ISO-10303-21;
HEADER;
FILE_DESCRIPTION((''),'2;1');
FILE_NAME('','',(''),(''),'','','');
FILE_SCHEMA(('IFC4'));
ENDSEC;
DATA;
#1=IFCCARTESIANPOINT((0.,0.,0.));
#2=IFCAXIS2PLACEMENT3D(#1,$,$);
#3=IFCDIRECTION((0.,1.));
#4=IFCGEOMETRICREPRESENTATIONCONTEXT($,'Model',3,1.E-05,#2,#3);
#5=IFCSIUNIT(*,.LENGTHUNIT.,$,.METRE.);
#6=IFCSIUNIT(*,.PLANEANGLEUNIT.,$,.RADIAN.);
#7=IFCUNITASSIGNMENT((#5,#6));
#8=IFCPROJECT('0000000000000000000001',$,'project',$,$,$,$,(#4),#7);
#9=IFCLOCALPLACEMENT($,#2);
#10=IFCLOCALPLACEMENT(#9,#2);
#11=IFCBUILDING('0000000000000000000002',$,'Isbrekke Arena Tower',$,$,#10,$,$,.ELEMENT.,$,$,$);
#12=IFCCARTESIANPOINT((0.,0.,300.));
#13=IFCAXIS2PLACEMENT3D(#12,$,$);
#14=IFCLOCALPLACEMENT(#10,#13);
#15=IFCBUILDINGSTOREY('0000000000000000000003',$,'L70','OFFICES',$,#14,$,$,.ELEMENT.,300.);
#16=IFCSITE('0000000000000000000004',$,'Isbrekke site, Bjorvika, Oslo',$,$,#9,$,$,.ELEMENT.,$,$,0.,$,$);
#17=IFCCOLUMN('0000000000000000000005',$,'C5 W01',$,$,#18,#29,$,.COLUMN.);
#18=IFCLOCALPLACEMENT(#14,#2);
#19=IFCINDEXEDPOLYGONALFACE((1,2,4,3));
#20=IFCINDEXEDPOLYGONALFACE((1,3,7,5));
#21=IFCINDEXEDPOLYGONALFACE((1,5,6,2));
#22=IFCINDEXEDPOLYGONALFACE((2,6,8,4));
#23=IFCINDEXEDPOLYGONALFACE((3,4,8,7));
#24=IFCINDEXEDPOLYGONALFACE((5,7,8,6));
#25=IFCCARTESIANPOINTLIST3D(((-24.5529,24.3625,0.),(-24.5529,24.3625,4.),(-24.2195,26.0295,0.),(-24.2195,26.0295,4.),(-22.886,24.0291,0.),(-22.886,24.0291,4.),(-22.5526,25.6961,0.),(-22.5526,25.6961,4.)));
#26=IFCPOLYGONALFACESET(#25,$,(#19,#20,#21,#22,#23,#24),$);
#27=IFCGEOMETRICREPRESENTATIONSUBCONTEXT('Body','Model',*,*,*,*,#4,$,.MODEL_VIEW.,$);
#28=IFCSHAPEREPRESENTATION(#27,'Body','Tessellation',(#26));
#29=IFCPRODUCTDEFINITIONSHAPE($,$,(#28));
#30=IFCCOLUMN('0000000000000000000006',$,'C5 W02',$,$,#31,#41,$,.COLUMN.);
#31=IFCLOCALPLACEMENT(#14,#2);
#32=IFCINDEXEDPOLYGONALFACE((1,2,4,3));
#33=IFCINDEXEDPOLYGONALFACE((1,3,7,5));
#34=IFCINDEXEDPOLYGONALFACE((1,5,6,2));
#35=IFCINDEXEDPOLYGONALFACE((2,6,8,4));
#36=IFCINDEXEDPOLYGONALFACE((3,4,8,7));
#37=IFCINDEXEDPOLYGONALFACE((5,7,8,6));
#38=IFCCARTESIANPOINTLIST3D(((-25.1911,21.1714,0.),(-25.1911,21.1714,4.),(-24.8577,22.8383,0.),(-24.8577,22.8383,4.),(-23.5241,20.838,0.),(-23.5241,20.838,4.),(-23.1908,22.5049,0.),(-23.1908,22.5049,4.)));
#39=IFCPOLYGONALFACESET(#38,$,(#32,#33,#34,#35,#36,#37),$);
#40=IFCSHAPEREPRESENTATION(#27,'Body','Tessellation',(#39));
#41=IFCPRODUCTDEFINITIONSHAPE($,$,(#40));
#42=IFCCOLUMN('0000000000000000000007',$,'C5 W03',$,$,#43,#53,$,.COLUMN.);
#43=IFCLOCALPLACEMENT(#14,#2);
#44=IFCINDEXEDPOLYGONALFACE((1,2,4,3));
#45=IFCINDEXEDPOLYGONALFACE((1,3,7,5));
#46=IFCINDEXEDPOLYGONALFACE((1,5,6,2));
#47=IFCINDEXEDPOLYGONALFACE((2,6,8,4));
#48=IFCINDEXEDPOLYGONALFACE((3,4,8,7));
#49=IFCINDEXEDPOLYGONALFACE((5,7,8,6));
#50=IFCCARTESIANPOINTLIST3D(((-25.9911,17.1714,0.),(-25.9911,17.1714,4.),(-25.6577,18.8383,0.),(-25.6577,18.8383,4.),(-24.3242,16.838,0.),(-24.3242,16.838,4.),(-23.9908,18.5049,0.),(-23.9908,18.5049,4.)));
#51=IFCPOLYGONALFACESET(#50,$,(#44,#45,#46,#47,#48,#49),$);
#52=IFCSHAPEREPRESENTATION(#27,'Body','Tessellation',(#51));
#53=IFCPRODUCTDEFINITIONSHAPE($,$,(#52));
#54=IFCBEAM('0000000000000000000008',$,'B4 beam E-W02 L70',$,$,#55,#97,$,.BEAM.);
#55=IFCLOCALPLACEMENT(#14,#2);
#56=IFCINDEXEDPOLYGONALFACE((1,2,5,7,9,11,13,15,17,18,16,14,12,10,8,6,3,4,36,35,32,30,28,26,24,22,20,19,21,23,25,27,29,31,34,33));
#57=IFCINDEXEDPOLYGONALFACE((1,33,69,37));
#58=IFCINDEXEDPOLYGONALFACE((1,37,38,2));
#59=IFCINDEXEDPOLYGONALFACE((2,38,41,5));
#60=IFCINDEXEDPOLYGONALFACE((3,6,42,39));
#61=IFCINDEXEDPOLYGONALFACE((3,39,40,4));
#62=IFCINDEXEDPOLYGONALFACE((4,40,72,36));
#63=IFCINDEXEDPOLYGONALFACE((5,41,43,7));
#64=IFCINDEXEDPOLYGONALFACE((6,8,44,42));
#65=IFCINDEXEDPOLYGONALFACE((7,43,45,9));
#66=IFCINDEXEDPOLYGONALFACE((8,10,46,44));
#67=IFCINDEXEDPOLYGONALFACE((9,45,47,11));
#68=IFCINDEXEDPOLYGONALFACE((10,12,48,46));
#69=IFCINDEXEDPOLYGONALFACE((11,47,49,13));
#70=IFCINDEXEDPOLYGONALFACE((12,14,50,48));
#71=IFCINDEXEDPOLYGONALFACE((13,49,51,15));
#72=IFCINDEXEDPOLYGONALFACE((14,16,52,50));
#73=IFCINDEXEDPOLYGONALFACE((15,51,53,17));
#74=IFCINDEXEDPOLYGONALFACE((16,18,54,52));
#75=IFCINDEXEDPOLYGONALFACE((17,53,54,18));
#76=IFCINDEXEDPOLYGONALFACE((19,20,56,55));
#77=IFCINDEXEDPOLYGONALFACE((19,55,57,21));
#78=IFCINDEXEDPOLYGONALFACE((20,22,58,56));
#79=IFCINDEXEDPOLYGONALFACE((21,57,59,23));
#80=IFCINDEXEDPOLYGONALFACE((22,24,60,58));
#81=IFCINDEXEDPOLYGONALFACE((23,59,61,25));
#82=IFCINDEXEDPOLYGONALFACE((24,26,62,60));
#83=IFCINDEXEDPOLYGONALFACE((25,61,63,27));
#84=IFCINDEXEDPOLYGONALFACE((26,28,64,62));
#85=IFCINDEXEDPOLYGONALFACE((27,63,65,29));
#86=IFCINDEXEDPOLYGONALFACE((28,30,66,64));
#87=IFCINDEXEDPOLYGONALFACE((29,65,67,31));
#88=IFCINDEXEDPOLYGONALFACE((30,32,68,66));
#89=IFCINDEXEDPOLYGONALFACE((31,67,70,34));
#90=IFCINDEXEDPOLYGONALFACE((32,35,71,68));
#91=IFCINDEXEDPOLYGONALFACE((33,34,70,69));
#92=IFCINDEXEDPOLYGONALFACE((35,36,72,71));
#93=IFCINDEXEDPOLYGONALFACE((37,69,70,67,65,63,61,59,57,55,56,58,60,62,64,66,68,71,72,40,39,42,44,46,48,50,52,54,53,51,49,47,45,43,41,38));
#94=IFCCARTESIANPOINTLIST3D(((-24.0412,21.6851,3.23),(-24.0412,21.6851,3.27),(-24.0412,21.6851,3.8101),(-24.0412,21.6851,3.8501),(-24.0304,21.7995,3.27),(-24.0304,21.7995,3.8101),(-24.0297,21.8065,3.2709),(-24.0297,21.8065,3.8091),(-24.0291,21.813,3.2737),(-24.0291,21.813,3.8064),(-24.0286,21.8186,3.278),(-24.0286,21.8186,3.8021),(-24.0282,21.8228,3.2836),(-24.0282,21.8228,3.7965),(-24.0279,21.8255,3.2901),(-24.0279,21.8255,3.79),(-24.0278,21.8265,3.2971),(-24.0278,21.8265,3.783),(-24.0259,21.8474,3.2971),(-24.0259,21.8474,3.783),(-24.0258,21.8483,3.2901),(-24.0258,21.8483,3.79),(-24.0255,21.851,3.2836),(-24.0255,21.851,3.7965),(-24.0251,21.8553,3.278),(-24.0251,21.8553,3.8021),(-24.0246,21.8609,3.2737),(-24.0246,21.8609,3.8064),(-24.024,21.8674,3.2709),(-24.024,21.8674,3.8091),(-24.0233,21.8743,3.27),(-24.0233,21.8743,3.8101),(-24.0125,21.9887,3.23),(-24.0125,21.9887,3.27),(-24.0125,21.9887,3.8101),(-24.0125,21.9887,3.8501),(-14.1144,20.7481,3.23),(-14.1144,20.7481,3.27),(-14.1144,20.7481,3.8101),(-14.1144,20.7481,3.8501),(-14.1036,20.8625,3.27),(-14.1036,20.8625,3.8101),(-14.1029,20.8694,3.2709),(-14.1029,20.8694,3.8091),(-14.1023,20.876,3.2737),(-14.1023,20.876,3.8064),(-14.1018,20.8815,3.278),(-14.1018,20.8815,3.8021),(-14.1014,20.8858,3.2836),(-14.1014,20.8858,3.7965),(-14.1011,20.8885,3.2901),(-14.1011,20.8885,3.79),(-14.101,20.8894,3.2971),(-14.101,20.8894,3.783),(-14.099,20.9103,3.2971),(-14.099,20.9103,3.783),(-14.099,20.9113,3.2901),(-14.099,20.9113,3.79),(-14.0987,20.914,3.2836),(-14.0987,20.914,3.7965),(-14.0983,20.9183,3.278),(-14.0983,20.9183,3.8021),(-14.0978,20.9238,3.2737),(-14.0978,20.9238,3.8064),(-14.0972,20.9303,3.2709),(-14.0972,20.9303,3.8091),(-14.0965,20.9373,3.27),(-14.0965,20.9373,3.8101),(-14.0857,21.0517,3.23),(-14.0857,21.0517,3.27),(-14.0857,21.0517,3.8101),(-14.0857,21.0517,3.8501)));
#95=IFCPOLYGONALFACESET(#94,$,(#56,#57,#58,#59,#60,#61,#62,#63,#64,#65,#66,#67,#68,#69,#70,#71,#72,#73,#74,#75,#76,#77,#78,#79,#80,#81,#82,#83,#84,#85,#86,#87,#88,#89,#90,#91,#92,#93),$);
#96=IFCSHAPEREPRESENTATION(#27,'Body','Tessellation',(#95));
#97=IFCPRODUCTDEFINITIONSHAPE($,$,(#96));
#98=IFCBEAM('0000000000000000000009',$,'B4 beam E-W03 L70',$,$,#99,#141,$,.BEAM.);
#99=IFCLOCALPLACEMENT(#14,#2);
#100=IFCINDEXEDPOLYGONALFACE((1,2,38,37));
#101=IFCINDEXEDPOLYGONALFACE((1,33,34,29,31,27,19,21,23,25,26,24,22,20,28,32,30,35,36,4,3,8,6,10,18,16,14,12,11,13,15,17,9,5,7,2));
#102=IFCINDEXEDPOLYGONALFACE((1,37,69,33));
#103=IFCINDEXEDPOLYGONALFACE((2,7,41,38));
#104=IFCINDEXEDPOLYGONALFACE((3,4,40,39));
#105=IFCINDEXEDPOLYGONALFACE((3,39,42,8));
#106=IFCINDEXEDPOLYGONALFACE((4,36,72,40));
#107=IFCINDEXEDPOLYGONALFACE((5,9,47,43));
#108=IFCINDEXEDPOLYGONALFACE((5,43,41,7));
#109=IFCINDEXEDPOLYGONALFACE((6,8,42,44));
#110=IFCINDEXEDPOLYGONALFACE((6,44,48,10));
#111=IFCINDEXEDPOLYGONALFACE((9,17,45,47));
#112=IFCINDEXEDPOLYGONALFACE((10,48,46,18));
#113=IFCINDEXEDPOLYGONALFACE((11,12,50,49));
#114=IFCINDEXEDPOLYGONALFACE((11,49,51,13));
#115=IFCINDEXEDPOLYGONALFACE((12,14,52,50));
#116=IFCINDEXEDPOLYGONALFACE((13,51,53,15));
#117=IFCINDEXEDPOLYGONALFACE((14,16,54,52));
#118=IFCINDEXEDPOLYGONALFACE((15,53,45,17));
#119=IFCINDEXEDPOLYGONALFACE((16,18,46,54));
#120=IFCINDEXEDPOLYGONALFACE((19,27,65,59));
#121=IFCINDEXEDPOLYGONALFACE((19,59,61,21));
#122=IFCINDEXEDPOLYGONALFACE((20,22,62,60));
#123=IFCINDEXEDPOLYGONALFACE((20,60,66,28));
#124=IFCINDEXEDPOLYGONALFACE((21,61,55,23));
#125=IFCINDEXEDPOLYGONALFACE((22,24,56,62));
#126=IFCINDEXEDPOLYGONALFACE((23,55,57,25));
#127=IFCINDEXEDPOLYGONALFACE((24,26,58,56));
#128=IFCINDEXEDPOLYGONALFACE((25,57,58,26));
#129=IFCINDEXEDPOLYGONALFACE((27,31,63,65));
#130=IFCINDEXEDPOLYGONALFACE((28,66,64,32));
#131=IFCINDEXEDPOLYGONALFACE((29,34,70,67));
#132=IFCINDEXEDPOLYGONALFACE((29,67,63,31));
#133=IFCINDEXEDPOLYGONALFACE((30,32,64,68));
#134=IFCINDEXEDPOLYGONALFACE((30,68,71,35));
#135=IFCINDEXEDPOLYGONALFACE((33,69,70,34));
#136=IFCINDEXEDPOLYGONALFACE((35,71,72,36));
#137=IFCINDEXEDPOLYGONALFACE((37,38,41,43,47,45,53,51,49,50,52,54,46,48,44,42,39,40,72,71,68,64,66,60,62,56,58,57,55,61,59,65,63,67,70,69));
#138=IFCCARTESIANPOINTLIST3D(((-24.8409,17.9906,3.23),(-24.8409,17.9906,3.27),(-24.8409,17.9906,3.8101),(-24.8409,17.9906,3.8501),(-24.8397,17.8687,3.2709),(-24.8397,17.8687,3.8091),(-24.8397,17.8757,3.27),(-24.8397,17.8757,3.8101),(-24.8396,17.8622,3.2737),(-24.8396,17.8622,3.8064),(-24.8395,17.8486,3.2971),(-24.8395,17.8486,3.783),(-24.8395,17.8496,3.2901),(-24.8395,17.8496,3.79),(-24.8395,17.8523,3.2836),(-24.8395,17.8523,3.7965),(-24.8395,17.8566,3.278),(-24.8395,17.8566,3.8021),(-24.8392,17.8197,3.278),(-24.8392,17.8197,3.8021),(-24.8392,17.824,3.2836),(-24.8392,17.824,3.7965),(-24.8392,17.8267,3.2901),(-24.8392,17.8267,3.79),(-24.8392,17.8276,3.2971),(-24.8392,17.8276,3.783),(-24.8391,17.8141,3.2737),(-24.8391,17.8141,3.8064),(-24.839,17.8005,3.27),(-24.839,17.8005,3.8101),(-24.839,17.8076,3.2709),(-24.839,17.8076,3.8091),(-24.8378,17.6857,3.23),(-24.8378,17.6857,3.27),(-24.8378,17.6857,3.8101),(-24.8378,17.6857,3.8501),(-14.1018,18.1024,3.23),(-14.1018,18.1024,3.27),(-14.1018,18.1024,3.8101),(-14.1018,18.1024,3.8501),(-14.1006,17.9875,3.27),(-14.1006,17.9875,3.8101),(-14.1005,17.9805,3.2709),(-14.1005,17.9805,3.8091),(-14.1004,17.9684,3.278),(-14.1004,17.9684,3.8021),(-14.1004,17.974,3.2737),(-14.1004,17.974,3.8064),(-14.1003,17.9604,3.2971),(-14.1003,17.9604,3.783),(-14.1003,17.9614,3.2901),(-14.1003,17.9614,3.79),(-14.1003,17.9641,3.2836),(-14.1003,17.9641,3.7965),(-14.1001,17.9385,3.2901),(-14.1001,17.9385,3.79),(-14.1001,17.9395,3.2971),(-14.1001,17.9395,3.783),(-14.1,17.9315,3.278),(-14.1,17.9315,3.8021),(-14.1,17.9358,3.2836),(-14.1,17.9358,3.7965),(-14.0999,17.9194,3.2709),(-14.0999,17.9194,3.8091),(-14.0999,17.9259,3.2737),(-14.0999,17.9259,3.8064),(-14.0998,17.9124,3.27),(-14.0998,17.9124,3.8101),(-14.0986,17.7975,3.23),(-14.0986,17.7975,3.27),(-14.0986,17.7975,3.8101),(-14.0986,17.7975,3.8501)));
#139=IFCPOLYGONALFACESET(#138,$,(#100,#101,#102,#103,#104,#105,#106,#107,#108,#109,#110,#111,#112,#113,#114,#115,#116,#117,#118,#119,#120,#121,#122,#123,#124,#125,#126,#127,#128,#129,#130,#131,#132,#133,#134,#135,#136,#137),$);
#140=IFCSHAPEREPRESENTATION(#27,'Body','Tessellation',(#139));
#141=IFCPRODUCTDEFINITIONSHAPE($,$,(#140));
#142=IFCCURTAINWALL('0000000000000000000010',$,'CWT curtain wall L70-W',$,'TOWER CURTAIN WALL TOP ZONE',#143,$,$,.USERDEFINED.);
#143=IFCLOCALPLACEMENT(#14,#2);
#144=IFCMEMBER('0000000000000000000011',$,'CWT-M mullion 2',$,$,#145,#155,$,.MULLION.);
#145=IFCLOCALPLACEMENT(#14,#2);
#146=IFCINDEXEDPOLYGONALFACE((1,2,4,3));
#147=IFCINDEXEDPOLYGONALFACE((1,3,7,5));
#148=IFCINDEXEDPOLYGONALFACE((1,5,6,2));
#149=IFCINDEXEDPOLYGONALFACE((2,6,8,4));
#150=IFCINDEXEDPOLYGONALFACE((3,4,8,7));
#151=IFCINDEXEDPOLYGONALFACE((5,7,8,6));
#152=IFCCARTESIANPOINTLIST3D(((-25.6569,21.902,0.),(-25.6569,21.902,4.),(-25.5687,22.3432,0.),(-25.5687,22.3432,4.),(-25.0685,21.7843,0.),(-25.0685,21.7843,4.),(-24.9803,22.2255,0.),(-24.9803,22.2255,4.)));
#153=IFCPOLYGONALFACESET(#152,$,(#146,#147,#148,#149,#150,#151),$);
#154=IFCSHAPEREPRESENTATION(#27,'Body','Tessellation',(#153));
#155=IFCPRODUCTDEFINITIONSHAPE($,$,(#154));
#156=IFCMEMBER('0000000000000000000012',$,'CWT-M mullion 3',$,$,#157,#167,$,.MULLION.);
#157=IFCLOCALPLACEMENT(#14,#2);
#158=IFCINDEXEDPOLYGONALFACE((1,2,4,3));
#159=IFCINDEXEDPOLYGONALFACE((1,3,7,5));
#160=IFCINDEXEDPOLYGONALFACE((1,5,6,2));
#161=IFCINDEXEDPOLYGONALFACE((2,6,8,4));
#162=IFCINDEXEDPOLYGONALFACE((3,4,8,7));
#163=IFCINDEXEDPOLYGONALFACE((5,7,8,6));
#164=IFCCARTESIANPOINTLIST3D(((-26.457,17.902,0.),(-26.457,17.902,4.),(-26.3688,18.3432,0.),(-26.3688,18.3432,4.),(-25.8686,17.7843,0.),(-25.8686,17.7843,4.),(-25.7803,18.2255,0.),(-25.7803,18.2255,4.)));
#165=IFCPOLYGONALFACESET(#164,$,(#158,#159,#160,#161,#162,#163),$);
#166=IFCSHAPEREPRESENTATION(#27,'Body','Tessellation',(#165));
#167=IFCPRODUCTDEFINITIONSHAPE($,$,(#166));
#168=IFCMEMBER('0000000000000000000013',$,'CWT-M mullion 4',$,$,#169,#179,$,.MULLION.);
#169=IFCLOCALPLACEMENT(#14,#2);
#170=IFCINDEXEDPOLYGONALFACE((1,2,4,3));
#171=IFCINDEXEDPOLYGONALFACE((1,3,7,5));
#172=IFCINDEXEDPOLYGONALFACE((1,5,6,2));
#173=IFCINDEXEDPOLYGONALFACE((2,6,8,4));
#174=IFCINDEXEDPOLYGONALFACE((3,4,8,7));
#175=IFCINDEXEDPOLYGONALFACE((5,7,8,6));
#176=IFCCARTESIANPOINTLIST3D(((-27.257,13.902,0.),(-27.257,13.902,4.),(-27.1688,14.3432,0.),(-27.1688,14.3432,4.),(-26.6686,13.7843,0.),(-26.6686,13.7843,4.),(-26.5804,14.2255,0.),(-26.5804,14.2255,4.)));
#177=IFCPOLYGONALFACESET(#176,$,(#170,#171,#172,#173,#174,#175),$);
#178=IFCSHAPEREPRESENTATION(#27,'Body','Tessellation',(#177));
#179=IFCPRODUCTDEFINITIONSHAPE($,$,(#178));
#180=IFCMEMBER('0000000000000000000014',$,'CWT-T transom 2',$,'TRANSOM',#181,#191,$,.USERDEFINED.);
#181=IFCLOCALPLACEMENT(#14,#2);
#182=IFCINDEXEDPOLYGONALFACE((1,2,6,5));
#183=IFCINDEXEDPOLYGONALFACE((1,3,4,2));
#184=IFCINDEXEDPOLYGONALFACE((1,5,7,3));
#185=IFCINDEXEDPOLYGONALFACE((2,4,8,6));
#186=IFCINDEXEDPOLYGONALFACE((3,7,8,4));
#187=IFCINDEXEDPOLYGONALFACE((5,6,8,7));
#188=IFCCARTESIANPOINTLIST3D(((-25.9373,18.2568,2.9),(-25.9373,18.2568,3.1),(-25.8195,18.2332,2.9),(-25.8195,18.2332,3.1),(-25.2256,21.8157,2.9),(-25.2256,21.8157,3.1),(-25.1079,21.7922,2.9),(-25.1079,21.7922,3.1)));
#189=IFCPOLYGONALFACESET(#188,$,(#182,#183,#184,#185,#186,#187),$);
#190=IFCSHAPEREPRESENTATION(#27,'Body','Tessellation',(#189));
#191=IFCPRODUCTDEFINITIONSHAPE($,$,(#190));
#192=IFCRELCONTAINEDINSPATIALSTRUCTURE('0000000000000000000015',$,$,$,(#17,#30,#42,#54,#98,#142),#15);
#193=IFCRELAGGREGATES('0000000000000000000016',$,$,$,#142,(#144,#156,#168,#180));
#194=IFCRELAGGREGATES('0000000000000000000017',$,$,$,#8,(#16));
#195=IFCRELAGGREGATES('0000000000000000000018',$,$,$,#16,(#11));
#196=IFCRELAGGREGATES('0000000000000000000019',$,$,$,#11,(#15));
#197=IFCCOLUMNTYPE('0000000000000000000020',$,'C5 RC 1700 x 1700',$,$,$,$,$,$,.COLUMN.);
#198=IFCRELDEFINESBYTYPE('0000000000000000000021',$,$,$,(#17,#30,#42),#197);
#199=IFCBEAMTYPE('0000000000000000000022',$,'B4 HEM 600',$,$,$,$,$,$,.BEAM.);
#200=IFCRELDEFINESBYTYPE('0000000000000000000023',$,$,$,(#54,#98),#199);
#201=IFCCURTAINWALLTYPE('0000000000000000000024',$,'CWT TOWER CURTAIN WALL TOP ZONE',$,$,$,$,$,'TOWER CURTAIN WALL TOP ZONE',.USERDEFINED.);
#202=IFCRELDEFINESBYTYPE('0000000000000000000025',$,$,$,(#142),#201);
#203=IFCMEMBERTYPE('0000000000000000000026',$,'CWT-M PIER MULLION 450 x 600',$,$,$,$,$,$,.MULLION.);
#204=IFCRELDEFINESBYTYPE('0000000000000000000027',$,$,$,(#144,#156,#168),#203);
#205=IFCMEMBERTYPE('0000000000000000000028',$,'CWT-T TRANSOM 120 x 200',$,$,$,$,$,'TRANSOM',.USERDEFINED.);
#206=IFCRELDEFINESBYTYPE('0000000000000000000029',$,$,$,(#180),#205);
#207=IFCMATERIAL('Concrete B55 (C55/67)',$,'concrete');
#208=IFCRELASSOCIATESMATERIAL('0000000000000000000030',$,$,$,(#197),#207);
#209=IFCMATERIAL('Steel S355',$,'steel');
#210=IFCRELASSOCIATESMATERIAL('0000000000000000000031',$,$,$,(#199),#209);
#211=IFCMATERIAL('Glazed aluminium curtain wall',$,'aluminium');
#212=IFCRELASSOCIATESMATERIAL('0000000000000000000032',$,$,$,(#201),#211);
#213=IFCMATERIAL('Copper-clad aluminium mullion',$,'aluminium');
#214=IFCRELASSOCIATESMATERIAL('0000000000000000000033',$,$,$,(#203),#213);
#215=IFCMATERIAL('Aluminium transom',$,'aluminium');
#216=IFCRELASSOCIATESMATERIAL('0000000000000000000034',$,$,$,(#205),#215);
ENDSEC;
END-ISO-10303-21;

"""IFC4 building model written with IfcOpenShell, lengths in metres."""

from ifc_helpers import new_model, si_unit, direction, frame, origin, origin_2d, place, context, subcontext, project, spatial, rectangle, i_section, extrude, material, material_profile, profile_set, type_object, element, aggregate, save


model = new_model("IFC4")

# Units and contexts
model_context = context("Model", 3, precision=1e-05, world=origin(), true_north=direction((0.0, 1.0)))
body_context = subcontext(model_context, "Body", "Model", "MODEL_VIEW")
ifc_project = project(units=[si_unit("LENGTHUNIT", "METRE"), si_unit("PLANEANGLEUNIT", "RADIAN")], contexts=[model_context])

# Site, building, storey
site_placement = place(None, origin())
site = spatial("IfcSite", under=ifc_project, at=site_placement, Name="Isbrekke site, Bjorvika, Oslo", CompositionType="ELEMENT", RefElevation=0.0)
building_placement = place(site_placement, origin())
building = spatial("IfcBuilding", under=site, at=building_placement, Name="Isbrekke Arena Tower", CompositionType="ELEMENT")
storey_placement = place(building_placement, frame((0.0, 0.0, 300.0)))
storey = spatial("IfcBuildingStorey", under=building, at=storey_placement, Name="L70", Description="OFFICES", CompositionType="ELEMENT", Elevation=300.0)

# Columns
ifc_material_1 = material(Name="Concrete B55 (C55/67)", Category="concrete")
ifc_material_profile_1 = material_profile(ifc_material_1, rectangle(XDim=1.7, YDim=1.7, at=origin_2d()), Name="RC 1700x1700")
ifc_profile_set_1 = profile_set([ifc_material_profile_1], Name="Concrete B55 (C55/67)")
column_type = type_object("IfcColumnType", Name="C5 RC 1700 x 1700", PredefinedType="COLUMN", material=ifc_profile_set_1)
for number, where, z_axis, x_axis, name in (
    (1, (-23.5527, 25.0293, 0.0), (0.0, 0.0, 1.0), (-0.196116, -0.980581, 0.0), "C5 W01"),
    (2, (-24.1909, 21.8381, 0.0), (0.0, 0.0, 1.0), (-0.196116, -0.980581, 0.0), "C5 W02"),
    (3, (-24.991, 17.8381, 0.0), (0.0, 0.0, 1.0), (-0.196116, -0.980581, 0.0), "C5 W03"),
):
    element("IfcColumn", number, at=place(storey_placement, frame(where, z_axis=z_axis, x_axis=x_axis)), inside=storey, type_object=column_type, Name=name, PredefinedType="COLUMN", context=body_context, shape_type="SweptSolid", body=[
        extrude(rectangle(XDim=1.7, YDim=1.7, at=origin_2d()), origin(), (0.0, 0.0, 1.0), 4.0),
    ])

# Beams
ifc_material_2 = material(Name="Steel S355", Category="steel")
ifc_material_profile_2 = material_profile(ifc_material_2, i_section(OverallWidth=0.3049, OverallDepth=0.6201, WebThickness=0.021, FlangeThickness=0.04, FilletRadius=0.0271, at=origin_2d()), Name="HEM 600")
ifc_profile_set_2 = profile_set([ifc_material_profile_2], Name="Steel S355")
beam_type_1 = type_object("IfcBeamType", Name="B4 HEM 600", PredefinedType="BEAM", material=ifc_profile_set_2)
beam_1_placement = place(storey_placement, frame((-24.0269, 21.8369, 3.54), z_axis=(0.995575, -0.093975, 0.0), x_axis=(0.093975, 0.995575, 0.0)))
element("IfcBeam", 4, at=beam_1_placement, inside=storey, type_object=beam_type_1, Name="B4 beam E-W02 L70", PredefinedType="BEAM", context=body_context, shape_type="SweptSolid", body=[
    extrude(i_section(OverallWidth=0.3049, OverallDepth=0.6201, WebThickness=0.021, FlangeThickness=0.04, FilletRadius=0.0271, at=origin_2d()), origin(), (0.0, 0.0, 1.0), 9.9709),
])
beam_2_placement = place(storey_placement, frame((-24.8394, 17.8381, 3.54), z_axis=(0.999946, 0.010411, 0.0), x_axis=(-0.010411, 0.999946, 0.0)))
element("IfcBeam", 5, at=beam_2_placement, inside=storey, type_object=beam_type_1, Name="B4 beam E-W03 L70", PredefinedType="BEAM", context=body_context, shape_type="SweptSolid", body=[
    extrude(i_section(OverallWidth=0.3049, OverallDepth=0.6201, WebThickness=0.021, FlangeThickness=0.04, FilletRadius=0.0271, at=origin_2d()), origin(), (0.0, 0.0, 1.0), 10.7397),
])

# Curtain wall, members
ifc_material_3 = material(Name="Glazed aluminium curtain wall", Category="aluminium")
curtain_wall_type = type_object("IfcCurtainWallType", Name="CWT TOWER CURTAIN WALL TOP ZONE", ElementType="TOWER CURTAIN WALL TOP ZONE", PredefinedType="USERDEFINED", material=ifc_material_3)
curtain_wall_placement = place(storey_placement, origin())
curtain_wall = element("IfcCurtainWall", 6, at=curtain_wall_placement, inside=storey, type_object=curtain_wall_type, Name="CWT curtain wall L70-W", ObjectType="TOWER CURTAIN WALL TOP ZONE", PredefinedType="USERDEFINED")
ifc_material_4 = material(Name="Copper-clad aluminium mullion", Category="aluminium")
ifc_material_profile_3 = material_profile(ifc_material_4, rectangle(XDim=0.45, YDim=0.6001, at=origin_2d()), Name="PIER 450X600")
ifc_profile_set_3 = profile_set([ifc_material_profile_3], Name="Copper-clad aluminium mullion")
member_type_1 = type_object("IfcMemberType", Name="CWT-M PIER MULLION 450 x 600", PredefinedType="MULLION", material=ifc_profile_set_3)
member_1_placement = place(storey_placement, frame((-25.3186, 22.0637, 0.0), z_axis=(0.0, 0.0, 1.0), x_axis=(-0.196116, -0.980581, 0.0)))
member_1 = element("IfcMember", 7, at=member_1_placement, type_object=member_type_1, Name="CWT-M mullion 2", PredefinedType="MULLION", context=body_context, shape_type="SweptSolid", body=[
    extrude(rectangle(XDim=0.45, YDim=0.6001, at=origin_2d()), origin(), (0.0, 0.0, 1.0), 4.0),
])
member_2_placement = place(storey_placement, frame((-26.1187, 18.0637, 0.0), z_axis=(0.0, 0.0, 1.0), x_axis=(-0.196116, -0.980581, 0.0)))
member_2 = element("IfcMember", 8, at=member_2_placement, type_object=member_type_1, Name="CWT-M mullion 3", PredefinedType="MULLION", context=body_context, shape_type="SweptSolid", body=[
    extrude(rectangle(XDim=0.45, YDim=0.6001, at=origin_2d()), origin(), (0.0, 0.0, 1.0), 4.0),
])
member_3_placement = place(storey_placement, frame((-26.9187, 14.0637, 0.0), z_axis=(0.0, 0.0, 1.0), x_axis=(-0.196116, -0.980581, 0.0)))
member_3 = element("IfcMember", 9, at=member_3_placement, type_object=member_type_1, Name="CWT-M mullion 4", PredefinedType="MULLION", context=body_context, shape_type="SweptSolid", body=[
    extrude(rectangle(XDim=0.45, YDim=0.6001, at=origin_2d()), origin(), (0.0, 0.0, 1.0), 4.0),
])
ifc_material_5 = material(Name="Aluminium transom", Category="aluminium")
ifc_material_profile_4 = material_profile(ifc_material_5, rectangle(XDim=0.1201, YDim=0.2, at=origin_2d()), Name="TRANSOM 120X200")
ifc_profile_set_4 = profile_set([ifc_material_profile_4], Name="Aluminium transom")
member_type_2 = type_object("IfcMemberType", Name="CWT-T TRANSOM 120 x 200", ElementType="TRANSOM", PredefinedType="USERDEFINED", material=ifc_profile_set_4)
member_4_placement = place(storey_placement, frame((-25.1667, 21.804, 3.0), z_axis=(-0.19609, -0.980586, 0.0), x_axis=(0.980586, -0.19609, 0.0)))
member_4 = element("IfcMember", 10, at=member_4_placement, type_object=member_type_2, Name="CWT-T transom 2", ObjectType="TRANSOM", PredefinedType="USERDEFINED", context=body_context, shape_type="SweptSolid", body=[
    extrude(rectangle(XDim=0.1201, YDim=0.2, at=origin_2d()), origin(), (0.0, 0.0, 1.0), 3.6294),
])

aggregate(curtain_wall, [member_1, member_2, member_3, member_4])

save(model, "model.ifc")
